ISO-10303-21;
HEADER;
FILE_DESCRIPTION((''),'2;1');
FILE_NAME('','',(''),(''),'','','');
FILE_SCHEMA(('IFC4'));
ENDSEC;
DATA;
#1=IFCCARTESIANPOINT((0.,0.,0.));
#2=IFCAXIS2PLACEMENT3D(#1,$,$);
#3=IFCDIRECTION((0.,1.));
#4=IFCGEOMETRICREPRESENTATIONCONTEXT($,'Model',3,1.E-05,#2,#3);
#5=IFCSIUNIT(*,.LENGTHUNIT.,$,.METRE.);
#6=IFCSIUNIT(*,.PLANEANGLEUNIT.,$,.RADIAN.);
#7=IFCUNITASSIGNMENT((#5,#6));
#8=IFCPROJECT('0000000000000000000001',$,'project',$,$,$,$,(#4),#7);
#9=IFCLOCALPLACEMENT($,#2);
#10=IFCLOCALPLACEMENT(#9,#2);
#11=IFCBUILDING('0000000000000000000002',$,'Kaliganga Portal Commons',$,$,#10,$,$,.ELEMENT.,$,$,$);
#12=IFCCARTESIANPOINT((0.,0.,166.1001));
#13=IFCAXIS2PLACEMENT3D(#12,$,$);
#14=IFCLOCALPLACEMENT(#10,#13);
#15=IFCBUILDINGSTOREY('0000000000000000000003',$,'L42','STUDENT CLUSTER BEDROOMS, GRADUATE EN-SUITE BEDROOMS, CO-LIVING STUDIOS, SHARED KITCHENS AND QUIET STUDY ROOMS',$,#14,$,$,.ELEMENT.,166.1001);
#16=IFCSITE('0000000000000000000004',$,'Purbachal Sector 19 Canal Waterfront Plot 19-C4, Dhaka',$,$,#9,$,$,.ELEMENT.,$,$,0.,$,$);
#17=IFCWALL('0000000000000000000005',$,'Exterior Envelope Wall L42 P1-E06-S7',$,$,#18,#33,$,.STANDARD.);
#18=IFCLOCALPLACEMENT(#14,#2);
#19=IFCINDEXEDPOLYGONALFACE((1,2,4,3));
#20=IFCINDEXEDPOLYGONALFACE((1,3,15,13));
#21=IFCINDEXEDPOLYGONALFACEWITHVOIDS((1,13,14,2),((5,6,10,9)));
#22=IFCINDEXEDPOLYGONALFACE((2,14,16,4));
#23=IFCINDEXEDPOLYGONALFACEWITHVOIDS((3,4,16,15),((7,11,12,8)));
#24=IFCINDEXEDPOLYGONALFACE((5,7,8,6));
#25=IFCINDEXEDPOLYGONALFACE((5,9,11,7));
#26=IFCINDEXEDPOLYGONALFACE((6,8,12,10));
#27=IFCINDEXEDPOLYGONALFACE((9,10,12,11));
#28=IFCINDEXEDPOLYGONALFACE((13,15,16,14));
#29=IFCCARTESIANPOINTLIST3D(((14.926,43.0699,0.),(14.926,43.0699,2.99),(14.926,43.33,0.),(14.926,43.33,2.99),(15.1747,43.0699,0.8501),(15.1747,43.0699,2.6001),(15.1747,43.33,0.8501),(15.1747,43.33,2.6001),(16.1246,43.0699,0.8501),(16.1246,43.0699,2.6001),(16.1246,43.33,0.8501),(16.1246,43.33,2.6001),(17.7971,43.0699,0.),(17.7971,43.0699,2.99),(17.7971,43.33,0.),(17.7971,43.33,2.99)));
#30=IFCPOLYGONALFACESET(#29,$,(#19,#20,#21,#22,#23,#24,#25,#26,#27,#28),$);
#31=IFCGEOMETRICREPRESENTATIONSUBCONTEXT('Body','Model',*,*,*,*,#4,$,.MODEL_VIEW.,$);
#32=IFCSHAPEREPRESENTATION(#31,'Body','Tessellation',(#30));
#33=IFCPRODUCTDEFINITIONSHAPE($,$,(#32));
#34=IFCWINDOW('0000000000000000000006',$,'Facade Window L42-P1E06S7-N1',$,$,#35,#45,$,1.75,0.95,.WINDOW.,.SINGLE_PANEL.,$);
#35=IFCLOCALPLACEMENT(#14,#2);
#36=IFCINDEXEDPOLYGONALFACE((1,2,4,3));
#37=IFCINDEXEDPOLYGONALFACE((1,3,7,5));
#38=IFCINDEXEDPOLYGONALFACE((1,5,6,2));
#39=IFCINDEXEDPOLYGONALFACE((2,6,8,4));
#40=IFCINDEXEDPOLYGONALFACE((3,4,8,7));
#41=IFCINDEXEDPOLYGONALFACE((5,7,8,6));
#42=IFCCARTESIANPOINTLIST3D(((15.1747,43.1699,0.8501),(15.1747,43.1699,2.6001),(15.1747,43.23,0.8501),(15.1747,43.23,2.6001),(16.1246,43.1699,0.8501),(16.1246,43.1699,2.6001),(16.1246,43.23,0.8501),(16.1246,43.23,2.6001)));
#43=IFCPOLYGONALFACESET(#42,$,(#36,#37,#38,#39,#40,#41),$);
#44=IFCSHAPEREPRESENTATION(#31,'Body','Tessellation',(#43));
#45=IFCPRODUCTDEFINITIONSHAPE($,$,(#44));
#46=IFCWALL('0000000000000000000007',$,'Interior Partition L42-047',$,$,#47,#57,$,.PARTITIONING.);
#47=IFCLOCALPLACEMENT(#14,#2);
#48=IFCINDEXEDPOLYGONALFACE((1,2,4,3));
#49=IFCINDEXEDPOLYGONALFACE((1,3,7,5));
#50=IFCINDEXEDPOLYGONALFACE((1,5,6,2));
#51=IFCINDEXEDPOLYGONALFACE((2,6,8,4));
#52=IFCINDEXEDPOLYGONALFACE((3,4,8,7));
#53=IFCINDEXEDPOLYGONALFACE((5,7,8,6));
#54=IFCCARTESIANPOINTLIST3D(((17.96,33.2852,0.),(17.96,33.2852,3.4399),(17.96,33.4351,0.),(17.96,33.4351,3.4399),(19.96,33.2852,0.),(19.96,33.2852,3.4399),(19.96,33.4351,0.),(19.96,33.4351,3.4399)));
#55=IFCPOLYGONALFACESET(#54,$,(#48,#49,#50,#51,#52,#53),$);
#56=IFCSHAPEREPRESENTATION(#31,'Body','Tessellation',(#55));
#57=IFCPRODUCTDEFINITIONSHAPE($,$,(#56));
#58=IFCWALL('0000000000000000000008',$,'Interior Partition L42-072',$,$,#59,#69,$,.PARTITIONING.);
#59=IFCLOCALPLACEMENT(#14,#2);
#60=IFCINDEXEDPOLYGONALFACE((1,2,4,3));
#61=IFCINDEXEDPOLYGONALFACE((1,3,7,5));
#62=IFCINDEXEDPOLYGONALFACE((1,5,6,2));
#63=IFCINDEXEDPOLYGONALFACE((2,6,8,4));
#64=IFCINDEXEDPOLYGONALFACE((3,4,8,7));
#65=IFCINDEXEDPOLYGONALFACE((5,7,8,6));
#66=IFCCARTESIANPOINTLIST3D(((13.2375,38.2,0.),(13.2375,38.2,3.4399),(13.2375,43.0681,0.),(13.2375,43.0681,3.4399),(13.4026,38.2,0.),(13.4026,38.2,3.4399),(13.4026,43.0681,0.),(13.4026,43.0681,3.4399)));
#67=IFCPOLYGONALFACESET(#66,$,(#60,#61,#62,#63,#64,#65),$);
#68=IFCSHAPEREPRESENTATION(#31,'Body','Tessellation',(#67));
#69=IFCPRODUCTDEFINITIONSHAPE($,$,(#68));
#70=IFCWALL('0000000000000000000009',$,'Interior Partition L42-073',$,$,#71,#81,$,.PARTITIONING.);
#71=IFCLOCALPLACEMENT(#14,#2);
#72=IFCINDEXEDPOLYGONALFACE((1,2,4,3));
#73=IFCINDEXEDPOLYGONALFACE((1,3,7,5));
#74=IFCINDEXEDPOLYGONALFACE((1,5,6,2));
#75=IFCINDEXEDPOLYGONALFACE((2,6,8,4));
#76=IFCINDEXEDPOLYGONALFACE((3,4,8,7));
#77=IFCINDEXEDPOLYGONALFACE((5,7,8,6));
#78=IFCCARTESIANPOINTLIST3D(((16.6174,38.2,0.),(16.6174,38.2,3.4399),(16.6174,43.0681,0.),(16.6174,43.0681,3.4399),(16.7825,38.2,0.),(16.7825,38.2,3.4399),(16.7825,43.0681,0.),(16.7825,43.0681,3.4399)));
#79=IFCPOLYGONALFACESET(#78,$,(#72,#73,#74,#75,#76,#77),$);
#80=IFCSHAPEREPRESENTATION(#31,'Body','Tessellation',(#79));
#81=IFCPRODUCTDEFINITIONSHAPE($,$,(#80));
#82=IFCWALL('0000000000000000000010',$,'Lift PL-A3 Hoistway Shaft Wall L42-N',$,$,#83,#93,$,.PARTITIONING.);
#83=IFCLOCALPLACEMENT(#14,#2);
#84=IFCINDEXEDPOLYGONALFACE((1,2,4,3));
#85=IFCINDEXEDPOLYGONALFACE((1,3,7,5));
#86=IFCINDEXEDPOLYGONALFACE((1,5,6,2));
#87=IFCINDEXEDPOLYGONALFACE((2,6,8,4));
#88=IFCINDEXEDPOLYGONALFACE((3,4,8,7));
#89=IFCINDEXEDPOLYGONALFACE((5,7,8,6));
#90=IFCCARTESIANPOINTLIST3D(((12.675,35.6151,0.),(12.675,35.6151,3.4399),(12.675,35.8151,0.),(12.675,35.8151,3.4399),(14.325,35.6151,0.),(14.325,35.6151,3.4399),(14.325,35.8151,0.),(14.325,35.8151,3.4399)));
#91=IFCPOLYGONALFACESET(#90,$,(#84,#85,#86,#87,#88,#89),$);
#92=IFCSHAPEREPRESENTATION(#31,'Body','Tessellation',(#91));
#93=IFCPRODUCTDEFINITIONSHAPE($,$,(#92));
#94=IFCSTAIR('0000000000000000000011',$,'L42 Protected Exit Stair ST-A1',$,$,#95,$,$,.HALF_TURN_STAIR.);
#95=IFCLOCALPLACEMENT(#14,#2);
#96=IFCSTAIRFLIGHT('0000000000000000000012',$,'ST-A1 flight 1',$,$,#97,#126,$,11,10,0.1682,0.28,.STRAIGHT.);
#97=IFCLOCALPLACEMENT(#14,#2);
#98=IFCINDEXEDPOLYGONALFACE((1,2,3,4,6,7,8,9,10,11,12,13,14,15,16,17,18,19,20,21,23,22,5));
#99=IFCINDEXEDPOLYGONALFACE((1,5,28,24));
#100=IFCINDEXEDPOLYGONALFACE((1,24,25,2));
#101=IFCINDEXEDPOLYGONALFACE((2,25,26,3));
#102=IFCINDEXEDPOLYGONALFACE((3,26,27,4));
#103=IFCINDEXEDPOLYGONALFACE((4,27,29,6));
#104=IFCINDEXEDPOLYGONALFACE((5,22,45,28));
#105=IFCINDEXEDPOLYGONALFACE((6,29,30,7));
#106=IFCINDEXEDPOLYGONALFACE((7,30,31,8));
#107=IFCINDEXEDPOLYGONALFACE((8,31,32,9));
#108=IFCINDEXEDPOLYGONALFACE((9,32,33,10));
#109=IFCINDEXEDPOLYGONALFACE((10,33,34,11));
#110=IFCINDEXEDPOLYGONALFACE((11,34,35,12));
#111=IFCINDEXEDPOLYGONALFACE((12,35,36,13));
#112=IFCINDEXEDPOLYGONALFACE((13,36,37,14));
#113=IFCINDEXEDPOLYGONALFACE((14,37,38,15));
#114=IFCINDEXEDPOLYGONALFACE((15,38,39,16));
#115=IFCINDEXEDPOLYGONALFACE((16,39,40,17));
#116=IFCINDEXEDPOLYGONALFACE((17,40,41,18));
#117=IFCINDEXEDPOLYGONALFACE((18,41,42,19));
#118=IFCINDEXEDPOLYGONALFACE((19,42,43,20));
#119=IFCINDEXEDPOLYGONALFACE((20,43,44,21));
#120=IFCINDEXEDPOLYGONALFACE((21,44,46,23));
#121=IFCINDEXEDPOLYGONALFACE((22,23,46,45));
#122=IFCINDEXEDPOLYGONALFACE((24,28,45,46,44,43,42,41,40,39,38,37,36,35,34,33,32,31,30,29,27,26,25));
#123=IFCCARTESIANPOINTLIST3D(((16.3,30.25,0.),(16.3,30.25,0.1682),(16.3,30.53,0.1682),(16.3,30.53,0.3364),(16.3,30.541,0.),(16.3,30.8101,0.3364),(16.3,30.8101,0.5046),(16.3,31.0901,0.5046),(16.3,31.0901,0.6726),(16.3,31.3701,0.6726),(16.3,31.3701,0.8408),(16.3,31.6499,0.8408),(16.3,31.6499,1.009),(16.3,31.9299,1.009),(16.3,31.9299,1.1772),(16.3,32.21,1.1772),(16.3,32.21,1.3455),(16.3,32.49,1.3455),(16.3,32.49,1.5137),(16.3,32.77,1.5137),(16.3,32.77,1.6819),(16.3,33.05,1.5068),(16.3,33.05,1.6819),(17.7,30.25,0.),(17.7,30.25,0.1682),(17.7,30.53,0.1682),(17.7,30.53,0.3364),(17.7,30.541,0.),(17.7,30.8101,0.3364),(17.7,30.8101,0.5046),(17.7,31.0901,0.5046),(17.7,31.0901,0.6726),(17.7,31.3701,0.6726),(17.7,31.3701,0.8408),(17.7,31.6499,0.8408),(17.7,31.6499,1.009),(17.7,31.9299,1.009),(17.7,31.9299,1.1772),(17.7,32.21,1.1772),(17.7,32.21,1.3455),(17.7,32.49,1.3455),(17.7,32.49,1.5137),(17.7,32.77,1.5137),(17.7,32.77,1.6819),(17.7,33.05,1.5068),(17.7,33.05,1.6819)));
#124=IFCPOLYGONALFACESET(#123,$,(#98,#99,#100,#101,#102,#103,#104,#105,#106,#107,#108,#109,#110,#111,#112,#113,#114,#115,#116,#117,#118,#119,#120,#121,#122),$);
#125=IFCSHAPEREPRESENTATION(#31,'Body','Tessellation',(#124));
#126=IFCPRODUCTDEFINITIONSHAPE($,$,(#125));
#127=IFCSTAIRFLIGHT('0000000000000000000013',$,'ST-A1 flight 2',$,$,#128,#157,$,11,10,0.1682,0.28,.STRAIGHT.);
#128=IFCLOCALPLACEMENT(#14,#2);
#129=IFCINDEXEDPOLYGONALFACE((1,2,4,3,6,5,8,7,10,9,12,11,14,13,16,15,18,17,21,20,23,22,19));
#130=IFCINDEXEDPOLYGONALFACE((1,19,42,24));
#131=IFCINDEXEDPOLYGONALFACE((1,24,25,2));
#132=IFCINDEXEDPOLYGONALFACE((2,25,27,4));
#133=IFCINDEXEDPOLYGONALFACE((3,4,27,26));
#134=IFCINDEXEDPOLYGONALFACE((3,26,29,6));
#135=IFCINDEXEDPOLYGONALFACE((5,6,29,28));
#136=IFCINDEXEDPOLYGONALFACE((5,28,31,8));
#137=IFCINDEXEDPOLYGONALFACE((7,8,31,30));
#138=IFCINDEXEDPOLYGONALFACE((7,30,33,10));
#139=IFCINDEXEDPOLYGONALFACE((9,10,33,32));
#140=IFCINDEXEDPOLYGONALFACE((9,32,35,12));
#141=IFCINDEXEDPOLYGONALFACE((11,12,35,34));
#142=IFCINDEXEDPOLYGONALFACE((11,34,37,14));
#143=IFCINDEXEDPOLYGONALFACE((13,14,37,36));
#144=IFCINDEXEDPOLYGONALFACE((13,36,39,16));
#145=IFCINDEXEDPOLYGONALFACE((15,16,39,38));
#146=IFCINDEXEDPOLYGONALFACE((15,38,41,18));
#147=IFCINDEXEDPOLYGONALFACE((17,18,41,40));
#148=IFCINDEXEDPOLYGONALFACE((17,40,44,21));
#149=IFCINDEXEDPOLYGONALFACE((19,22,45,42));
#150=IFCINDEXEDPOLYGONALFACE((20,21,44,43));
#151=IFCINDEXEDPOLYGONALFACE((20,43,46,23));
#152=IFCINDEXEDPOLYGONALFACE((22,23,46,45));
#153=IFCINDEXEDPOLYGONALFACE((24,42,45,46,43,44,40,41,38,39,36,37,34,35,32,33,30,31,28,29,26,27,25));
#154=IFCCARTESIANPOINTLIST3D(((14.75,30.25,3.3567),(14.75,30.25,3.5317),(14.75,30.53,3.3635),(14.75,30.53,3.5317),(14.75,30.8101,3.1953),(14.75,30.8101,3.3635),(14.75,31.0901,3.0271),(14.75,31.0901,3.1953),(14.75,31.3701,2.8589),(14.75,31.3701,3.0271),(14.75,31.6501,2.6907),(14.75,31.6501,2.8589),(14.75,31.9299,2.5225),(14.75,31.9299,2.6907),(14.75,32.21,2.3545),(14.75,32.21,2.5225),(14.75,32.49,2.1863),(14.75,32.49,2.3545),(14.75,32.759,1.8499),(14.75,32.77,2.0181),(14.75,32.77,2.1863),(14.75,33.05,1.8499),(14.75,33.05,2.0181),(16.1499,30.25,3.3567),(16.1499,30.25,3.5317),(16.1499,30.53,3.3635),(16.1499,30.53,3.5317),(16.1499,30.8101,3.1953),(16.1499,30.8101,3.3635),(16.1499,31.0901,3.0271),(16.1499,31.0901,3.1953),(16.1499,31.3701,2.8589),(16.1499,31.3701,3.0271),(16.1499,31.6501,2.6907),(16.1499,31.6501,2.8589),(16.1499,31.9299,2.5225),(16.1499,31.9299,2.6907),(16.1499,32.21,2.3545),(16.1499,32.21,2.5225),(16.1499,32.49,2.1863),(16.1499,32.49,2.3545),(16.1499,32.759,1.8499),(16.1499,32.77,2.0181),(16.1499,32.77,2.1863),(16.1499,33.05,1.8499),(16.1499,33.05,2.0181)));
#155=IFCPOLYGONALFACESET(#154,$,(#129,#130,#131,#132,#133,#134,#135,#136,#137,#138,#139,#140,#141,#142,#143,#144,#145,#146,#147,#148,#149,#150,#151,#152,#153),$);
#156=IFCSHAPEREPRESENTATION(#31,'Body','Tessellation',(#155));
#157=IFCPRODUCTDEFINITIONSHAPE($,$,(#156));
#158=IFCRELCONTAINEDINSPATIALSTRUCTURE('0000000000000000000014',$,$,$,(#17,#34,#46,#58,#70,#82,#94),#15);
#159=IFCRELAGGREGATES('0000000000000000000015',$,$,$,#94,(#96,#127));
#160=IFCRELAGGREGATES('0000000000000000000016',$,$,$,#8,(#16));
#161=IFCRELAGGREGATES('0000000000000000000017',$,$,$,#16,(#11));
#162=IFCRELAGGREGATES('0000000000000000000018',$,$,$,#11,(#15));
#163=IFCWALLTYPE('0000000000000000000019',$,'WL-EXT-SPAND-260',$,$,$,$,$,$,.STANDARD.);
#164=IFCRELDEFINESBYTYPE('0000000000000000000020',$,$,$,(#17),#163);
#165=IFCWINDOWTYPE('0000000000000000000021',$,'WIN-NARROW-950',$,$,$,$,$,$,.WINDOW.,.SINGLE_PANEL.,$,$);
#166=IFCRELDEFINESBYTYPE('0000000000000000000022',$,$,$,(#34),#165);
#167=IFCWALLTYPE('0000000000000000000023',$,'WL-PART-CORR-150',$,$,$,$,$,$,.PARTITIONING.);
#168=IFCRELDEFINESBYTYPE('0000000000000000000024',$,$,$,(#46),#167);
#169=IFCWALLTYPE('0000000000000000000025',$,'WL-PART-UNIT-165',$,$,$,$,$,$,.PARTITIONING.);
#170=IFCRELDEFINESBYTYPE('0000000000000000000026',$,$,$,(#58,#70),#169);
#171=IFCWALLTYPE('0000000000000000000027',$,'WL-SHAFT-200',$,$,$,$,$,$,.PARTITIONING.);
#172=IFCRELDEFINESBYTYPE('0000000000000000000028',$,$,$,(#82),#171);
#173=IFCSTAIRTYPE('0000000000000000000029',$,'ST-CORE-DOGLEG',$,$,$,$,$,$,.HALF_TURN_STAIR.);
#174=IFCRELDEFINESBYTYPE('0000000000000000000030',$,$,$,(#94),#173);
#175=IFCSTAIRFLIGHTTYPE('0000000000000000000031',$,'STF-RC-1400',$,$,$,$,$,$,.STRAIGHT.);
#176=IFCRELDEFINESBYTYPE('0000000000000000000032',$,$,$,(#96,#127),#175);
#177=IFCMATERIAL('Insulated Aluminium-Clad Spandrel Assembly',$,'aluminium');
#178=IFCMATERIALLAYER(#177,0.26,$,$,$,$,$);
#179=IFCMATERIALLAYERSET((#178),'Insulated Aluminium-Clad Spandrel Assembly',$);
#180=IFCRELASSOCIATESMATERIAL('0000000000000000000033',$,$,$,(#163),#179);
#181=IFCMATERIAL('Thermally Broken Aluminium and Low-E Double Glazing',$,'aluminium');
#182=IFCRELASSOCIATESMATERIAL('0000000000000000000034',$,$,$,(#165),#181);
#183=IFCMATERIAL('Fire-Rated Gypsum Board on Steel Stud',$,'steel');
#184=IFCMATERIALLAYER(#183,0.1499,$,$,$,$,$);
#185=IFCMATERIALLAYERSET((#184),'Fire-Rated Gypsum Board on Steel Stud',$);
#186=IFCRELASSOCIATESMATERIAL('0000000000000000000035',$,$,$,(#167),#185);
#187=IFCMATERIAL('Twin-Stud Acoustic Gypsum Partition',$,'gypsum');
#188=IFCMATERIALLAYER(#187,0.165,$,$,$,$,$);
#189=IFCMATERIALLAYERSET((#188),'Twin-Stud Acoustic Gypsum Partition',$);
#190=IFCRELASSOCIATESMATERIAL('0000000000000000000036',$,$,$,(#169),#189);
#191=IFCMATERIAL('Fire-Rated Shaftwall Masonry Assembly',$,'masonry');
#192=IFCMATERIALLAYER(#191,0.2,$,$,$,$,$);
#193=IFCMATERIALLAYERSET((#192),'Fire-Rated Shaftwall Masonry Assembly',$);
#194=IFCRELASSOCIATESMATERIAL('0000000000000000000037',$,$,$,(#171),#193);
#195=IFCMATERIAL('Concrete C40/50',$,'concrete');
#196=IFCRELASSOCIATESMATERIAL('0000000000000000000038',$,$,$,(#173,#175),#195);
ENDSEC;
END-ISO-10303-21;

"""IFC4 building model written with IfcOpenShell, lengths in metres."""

from ifc_helpers import new_model, si_unit, direction, frame, frame_2d, origin, place, context, subcontext, project, spatial, polyline, rectangle, outline, extrude, material, layer, layer_set, type_object, element, fill, aggregate, save


model = new_model("IFC4")

# Units and contexts
model_context = context("Model", 3, precision=1e-05, world=origin(), true_north=direction((0.0, 1.0)))
body_context = subcontext(model_context, "Body", "Model", "MODEL_VIEW")
ifc_project = project(units=[si_unit("LENGTHUNIT", "METRE"), si_unit("PLANEANGLEUNIT", "RADIAN")], contexts=[model_context])

# Site, building, storey
site_placement = place(None, origin())
site = spatial("IfcSite", under=ifc_project, at=site_placement, Name="Purbachal Sector 19 Canal Waterfront Plot 19-C4, Dhaka", CompositionType="ELEMENT", RefElevation=0.0)
building_placement = place(site_placement, origin())
building = spatial("IfcBuilding", under=site, at=building_placement, Name="Kaliganga Portal Commons", CompositionType="ELEMENT")
storey_placement = place(building_placement, frame((0.0, 0.0, 166.1001)))
storey = spatial("IfcBuildingStorey", under=building, at=storey_placement, Name="L42", Description="STUDENT CLUSTER BEDROOMS, GRADUATE EN-SUITE BEDROOMS, CO-LIVING STUDIOS, SHARED KITCHENS AND QUIET STUDY ROOMS", CompositionType="ELEMENT", Elevation=166.1001)

# Wall, opening, window
ifc_material_1 = material(Name="Insulated Aluminium-Clad Spandrel Assembly", Category="aluminium")
ifc_layer_1 = layer(ifc_material_1, 0.26)
ifc_layer_set_1 = layer_set([ifc_layer_1], Name="Insulated Aluminium-Clad Spandrel Assembly")
wall_type_1 = type_object("IfcWallType", Name="WL-EXT-SPAND-260", PredefinedType="STANDARD", material=ifc_layer_set_1)
wall_1_placement = place(storey_placement, frame((14.926, 43.2, 0.0), z_axis=(0.0, 0.0, 1.0), x_axis=(1.0, 0.0, 0.0)))
wall_1 = element("IfcWall", 1, at=wall_1_placement, inside=storey, type_object=wall_type_1, Name="Exterior Envelope Wall L42 P1-E06-S7", PredefinedType="STANDARD", context=body_context, shape_type="SweptSolid", body=[
    extrude(rectangle(XDim=2.8711, YDim=0.26, at=frame_2d((1.4355, 0.0))), origin(), (0.0, 0.0, 1.0), 2.99),
])
opening_1_placement = place(wall_1_placement, frame((0.2485, 0.0, 0.8501)))
opening_1 = element("IfcOpeningElement", 2, at=opening_1_placement, cuts=wall_1, PredefinedType="OPENING", context=body_context, shape_type="SweptSolid", body=[
    extrude(rectangle(XDim=0.95, YDim=1.75, at=frame_2d((0.4751, 0.875))), frame((0.0, 0.1401, 0.0), z_axis=(0.0, -1.0, 0.0), x_axis=(1.0, 0.0, 0.0)), (0.0, 0.0, 1.0), 0.28),
])
ifc_material_2 = material(Name="Thermally Broken Aluminium and Low-E Double Glazing", Category="aluminium")
window_type = type_object("IfcWindowType", Name="WIN-NARROW-950", PartitioningType="SINGLE_PANEL", PredefinedType="WINDOW", material=ifc_material_2)
window_placement = place(opening_1_placement, origin())
window = element("IfcWindow", 3, at=window_placement, inside=storey, type_object=window_type, Name="Facade Window L42-P1E06S7-N1", OverallHeight=1.75, OverallWidth=0.95, PartitioningType="SINGLE_PANEL", PredefinedType="WINDOW", context=body_context, shape_type="SweptSolid", body=[
    extrude(rectangle(XDim=0.95, YDim=1.75, at=frame_2d((0.4751, 0.875))), frame((0.0, 0.03, 0.0), z_axis=(0.0, -1.0, 0.0), x_axis=(1.0, 0.0, 0.0)), (0.0, 0.0, 1.0), 0.0601),
])
fill(opening_1, window)

# Shared definitions
ifc_material_3 = material(Name="Fire-Rated Gypsum Board on Steel Stud", Category="steel")
ifc_layer_2 = layer(ifc_material_3, 0.1499)
ifc_layer_set_2 = layer_set([ifc_layer_2], Name="Fire-Rated Gypsum Board on Steel Stud")
wall_type_2 = type_object("IfcWallType", Name="WL-PART-CORR-150", PredefinedType="PARTITIONING", material=ifc_layer_set_2)

# Walls
wall_2_placement = place(storey_placement, frame((17.96, 33.3601, 0.0), z_axis=(0.0, 0.0, 1.0), x_axis=(1.0, 0.0, 0.0)))
element("IfcWall", 4, at=wall_2_placement, inside=storey, type_object=wall_type_2, Name="Interior Partition L42-047", PredefinedType="PARTITIONING", context=body_context, shape_type="SweptSolid", body=[
    extrude(rectangle(XDim=2.0, YDim=0.1499, at=frame_2d((1.0, 0.0))), origin(), (0.0, 0.0, 1.0), 3.4399),
])
ifc_material_4 = material(Name="Twin-Stud Acoustic Gypsum Partition", Category="gypsum")
ifc_layer_3 = layer(ifc_material_4, 0.165)
ifc_layer_set_3 = layer_set([ifc_layer_3], Name="Twin-Stud Acoustic Gypsum Partition")
wall_type_3 = type_object("IfcWallType", Name="WL-PART-UNIT-165", PredefinedType="PARTITIONING", material=ifc_layer_set_3)
for number, where, z_axis, x_axis, name in (
    (5, (13.3201, 38.2, 0.0), (0.0, 0.0, 1.0), (0.0, 1.0, 0.0), "Interior Partition L42-072"),
    (6, (16.7, 38.2, 0.0), (0.0, 0.0, 1.0), (0.0, 1.0, 0.0), "Interior Partition L42-073"),
):
    element("IfcWall", number, at=place(storey_placement, frame(where, z_axis=z_axis, x_axis=x_axis)), inside=storey, type_object=wall_type_3, Name=name, PredefinedType="PARTITIONING", context=body_context, shape_type="SweptSolid", body=[
        extrude(rectangle(XDim=4.8682, YDim=0.165, at=frame_2d((2.4341, 0.0))), origin(), (0.0, 0.0, 1.0), 3.4399),
    ])
ifc_material_5 = material(Name="Fire-Rated Shaftwall Masonry Assembly", Category="masonry")
ifc_layer_4 = layer(ifc_material_5, 0.2)
ifc_layer_set_4 = layer_set([ifc_layer_4], Name="Fire-Rated Shaftwall Masonry Assembly")
wall_type_4 = type_object("IfcWallType", Name="WL-SHAFT-200", PredefinedType="PARTITIONING", material=ifc_layer_set_4)
wall_3_placement = place(storey_placement, frame((12.675, 35.7151, 0.0), z_axis=(0.0, 0.0, 1.0), x_axis=(1.0, 0.0, 0.0)))
element("IfcWall", 7, at=wall_3_placement, inside=storey, type_object=wall_type_4, Name="Lift PL-A3 Hoistway Shaft Wall L42-N", PredefinedType="PARTITIONING", context=body_context, shape_type="SweptSolid", body=[
    extrude(rectangle(XDim=1.6499, YDim=0.2, at=frame_2d((0.825, 0.0))), origin(), (0.0, 0.0, 1.0), 3.4399),
])

# Stair, stair flights
ifc_material_6 = material(Name="Concrete C40/50", Category="concrete")
stair_type = type_object("IfcStairType", Name="ST-CORE-DOGLEG", PredefinedType="HALF_TURN_STAIR", material=ifc_material_6)
stair_placement = place(storey_placement, origin())
stair = element("IfcStair", 8, at=stair_placement, inside=storey, type_object=stair_type, Name="L42 Protected Exit Stair ST-A1", PredefinedType="HALF_TURN_STAIR")
stair_flight_type = type_object("IfcStairFlightType", Name="STF-RC-1400", PredefinedType="STRAIGHT", material=ifc_material_6)
stair_flight_1_placement = place(storey_placement, frame((17.0, 30.25, 0.0), z_axis=(0.0, 0.0, 1.0), x_axis=(0.0, 1.0, 0.0)))
stair_flight_1 = element("IfcStairFlight", 9, at=stair_flight_1_placement, type_object=stair_flight_type, Name="ST-A1 flight 1", NumberOfRisers=11, NumberOfTreads=10, PredefinedType="STRAIGHT", RiserHeight=0.1682, TreadLength=0.28, context=body_context, shape_type="SweptSolid", body=[
    extrude(outline(polyline([(0.0, 0.0), (0.0, 0.1682), (0.28, 0.1682), (0.28, 0.3364), (0.5601, 0.3364), (0.5601, 0.5046), (0.8401, 0.5046), (0.8401, 0.6726), (1.1201, 0.6726), (1.1201, 0.8408), (1.3999, 0.8408), (1.3999, 1.009), (1.6799, 1.009), (1.6799, 1.1772), (1.96, 1.1772), (1.96, 1.3455), (2.24, 1.3455), (2.24, 1.5137), (2.52, 1.5137), (2.52, 1.6819), (2.8, 1.6819), (2.8, 1.8501), (2.8, 1.5068), (0.291, 0.0), (0.0, 0.0)])), frame((0.0, 0.7, 0.0), z_axis=(0.0, -1.0, 0.0), x_axis=(1.0, 0.0, 0.0)), (0.0, 0.0, 1.0), 1.3999),
])
stair_flight_2_placement = place(storey_placement, frame((15.45, 33.05, 1.8499), z_axis=(0.0, 0.0, 1.0), x_axis=(0.0, -1.0, 0.0)))
stair_flight_2 = element("IfcStairFlight", 10, at=stair_flight_2_placement, type_object=stair_flight_type, Name="ST-A1 flight 2", NumberOfRisers=11, NumberOfTreads=10, PredefinedType="STRAIGHT", RiserHeight=0.1682, TreadLength=0.28, context=body_context, shape_type="SweptSolid", body=[
    extrude(outline(polyline([(0.0, 0.0), (0.0, 0.1682), (0.28, 0.1682), (0.28, 0.3364), (0.5601, 0.3364), (0.5601, 0.5046), (0.8401, 0.5046), (0.8401, 0.6726), (1.1201, 0.6726), (1.1201, 0.8408), (1.3999, 0.8408), (1.3999, 1.009), (1.6799, 1.009), (1.6799, 1.1772), (1.96, 1.1772), (1.96, 1.3455), (2.24, 1.3455), (2.24, 1.5137), (2.52, 1.5137), (2.52, 1.6819), (2.8, 1.6819), (2.8, 1.8501), (2.8, 1.5068), (0.291, 0.0), (0.0, 0.0)])), frame((0.0, 0.7, 0.0), z_axis=(0.0, -1.0, 0.0), x_axis=(1.0, 0.0, 0.0)), (0.0, 0.0, 1.0), 1.3999),
])
aggregate(stair, [stair_flight_1, stair_flight_2])

save(model, "model.ifc")
